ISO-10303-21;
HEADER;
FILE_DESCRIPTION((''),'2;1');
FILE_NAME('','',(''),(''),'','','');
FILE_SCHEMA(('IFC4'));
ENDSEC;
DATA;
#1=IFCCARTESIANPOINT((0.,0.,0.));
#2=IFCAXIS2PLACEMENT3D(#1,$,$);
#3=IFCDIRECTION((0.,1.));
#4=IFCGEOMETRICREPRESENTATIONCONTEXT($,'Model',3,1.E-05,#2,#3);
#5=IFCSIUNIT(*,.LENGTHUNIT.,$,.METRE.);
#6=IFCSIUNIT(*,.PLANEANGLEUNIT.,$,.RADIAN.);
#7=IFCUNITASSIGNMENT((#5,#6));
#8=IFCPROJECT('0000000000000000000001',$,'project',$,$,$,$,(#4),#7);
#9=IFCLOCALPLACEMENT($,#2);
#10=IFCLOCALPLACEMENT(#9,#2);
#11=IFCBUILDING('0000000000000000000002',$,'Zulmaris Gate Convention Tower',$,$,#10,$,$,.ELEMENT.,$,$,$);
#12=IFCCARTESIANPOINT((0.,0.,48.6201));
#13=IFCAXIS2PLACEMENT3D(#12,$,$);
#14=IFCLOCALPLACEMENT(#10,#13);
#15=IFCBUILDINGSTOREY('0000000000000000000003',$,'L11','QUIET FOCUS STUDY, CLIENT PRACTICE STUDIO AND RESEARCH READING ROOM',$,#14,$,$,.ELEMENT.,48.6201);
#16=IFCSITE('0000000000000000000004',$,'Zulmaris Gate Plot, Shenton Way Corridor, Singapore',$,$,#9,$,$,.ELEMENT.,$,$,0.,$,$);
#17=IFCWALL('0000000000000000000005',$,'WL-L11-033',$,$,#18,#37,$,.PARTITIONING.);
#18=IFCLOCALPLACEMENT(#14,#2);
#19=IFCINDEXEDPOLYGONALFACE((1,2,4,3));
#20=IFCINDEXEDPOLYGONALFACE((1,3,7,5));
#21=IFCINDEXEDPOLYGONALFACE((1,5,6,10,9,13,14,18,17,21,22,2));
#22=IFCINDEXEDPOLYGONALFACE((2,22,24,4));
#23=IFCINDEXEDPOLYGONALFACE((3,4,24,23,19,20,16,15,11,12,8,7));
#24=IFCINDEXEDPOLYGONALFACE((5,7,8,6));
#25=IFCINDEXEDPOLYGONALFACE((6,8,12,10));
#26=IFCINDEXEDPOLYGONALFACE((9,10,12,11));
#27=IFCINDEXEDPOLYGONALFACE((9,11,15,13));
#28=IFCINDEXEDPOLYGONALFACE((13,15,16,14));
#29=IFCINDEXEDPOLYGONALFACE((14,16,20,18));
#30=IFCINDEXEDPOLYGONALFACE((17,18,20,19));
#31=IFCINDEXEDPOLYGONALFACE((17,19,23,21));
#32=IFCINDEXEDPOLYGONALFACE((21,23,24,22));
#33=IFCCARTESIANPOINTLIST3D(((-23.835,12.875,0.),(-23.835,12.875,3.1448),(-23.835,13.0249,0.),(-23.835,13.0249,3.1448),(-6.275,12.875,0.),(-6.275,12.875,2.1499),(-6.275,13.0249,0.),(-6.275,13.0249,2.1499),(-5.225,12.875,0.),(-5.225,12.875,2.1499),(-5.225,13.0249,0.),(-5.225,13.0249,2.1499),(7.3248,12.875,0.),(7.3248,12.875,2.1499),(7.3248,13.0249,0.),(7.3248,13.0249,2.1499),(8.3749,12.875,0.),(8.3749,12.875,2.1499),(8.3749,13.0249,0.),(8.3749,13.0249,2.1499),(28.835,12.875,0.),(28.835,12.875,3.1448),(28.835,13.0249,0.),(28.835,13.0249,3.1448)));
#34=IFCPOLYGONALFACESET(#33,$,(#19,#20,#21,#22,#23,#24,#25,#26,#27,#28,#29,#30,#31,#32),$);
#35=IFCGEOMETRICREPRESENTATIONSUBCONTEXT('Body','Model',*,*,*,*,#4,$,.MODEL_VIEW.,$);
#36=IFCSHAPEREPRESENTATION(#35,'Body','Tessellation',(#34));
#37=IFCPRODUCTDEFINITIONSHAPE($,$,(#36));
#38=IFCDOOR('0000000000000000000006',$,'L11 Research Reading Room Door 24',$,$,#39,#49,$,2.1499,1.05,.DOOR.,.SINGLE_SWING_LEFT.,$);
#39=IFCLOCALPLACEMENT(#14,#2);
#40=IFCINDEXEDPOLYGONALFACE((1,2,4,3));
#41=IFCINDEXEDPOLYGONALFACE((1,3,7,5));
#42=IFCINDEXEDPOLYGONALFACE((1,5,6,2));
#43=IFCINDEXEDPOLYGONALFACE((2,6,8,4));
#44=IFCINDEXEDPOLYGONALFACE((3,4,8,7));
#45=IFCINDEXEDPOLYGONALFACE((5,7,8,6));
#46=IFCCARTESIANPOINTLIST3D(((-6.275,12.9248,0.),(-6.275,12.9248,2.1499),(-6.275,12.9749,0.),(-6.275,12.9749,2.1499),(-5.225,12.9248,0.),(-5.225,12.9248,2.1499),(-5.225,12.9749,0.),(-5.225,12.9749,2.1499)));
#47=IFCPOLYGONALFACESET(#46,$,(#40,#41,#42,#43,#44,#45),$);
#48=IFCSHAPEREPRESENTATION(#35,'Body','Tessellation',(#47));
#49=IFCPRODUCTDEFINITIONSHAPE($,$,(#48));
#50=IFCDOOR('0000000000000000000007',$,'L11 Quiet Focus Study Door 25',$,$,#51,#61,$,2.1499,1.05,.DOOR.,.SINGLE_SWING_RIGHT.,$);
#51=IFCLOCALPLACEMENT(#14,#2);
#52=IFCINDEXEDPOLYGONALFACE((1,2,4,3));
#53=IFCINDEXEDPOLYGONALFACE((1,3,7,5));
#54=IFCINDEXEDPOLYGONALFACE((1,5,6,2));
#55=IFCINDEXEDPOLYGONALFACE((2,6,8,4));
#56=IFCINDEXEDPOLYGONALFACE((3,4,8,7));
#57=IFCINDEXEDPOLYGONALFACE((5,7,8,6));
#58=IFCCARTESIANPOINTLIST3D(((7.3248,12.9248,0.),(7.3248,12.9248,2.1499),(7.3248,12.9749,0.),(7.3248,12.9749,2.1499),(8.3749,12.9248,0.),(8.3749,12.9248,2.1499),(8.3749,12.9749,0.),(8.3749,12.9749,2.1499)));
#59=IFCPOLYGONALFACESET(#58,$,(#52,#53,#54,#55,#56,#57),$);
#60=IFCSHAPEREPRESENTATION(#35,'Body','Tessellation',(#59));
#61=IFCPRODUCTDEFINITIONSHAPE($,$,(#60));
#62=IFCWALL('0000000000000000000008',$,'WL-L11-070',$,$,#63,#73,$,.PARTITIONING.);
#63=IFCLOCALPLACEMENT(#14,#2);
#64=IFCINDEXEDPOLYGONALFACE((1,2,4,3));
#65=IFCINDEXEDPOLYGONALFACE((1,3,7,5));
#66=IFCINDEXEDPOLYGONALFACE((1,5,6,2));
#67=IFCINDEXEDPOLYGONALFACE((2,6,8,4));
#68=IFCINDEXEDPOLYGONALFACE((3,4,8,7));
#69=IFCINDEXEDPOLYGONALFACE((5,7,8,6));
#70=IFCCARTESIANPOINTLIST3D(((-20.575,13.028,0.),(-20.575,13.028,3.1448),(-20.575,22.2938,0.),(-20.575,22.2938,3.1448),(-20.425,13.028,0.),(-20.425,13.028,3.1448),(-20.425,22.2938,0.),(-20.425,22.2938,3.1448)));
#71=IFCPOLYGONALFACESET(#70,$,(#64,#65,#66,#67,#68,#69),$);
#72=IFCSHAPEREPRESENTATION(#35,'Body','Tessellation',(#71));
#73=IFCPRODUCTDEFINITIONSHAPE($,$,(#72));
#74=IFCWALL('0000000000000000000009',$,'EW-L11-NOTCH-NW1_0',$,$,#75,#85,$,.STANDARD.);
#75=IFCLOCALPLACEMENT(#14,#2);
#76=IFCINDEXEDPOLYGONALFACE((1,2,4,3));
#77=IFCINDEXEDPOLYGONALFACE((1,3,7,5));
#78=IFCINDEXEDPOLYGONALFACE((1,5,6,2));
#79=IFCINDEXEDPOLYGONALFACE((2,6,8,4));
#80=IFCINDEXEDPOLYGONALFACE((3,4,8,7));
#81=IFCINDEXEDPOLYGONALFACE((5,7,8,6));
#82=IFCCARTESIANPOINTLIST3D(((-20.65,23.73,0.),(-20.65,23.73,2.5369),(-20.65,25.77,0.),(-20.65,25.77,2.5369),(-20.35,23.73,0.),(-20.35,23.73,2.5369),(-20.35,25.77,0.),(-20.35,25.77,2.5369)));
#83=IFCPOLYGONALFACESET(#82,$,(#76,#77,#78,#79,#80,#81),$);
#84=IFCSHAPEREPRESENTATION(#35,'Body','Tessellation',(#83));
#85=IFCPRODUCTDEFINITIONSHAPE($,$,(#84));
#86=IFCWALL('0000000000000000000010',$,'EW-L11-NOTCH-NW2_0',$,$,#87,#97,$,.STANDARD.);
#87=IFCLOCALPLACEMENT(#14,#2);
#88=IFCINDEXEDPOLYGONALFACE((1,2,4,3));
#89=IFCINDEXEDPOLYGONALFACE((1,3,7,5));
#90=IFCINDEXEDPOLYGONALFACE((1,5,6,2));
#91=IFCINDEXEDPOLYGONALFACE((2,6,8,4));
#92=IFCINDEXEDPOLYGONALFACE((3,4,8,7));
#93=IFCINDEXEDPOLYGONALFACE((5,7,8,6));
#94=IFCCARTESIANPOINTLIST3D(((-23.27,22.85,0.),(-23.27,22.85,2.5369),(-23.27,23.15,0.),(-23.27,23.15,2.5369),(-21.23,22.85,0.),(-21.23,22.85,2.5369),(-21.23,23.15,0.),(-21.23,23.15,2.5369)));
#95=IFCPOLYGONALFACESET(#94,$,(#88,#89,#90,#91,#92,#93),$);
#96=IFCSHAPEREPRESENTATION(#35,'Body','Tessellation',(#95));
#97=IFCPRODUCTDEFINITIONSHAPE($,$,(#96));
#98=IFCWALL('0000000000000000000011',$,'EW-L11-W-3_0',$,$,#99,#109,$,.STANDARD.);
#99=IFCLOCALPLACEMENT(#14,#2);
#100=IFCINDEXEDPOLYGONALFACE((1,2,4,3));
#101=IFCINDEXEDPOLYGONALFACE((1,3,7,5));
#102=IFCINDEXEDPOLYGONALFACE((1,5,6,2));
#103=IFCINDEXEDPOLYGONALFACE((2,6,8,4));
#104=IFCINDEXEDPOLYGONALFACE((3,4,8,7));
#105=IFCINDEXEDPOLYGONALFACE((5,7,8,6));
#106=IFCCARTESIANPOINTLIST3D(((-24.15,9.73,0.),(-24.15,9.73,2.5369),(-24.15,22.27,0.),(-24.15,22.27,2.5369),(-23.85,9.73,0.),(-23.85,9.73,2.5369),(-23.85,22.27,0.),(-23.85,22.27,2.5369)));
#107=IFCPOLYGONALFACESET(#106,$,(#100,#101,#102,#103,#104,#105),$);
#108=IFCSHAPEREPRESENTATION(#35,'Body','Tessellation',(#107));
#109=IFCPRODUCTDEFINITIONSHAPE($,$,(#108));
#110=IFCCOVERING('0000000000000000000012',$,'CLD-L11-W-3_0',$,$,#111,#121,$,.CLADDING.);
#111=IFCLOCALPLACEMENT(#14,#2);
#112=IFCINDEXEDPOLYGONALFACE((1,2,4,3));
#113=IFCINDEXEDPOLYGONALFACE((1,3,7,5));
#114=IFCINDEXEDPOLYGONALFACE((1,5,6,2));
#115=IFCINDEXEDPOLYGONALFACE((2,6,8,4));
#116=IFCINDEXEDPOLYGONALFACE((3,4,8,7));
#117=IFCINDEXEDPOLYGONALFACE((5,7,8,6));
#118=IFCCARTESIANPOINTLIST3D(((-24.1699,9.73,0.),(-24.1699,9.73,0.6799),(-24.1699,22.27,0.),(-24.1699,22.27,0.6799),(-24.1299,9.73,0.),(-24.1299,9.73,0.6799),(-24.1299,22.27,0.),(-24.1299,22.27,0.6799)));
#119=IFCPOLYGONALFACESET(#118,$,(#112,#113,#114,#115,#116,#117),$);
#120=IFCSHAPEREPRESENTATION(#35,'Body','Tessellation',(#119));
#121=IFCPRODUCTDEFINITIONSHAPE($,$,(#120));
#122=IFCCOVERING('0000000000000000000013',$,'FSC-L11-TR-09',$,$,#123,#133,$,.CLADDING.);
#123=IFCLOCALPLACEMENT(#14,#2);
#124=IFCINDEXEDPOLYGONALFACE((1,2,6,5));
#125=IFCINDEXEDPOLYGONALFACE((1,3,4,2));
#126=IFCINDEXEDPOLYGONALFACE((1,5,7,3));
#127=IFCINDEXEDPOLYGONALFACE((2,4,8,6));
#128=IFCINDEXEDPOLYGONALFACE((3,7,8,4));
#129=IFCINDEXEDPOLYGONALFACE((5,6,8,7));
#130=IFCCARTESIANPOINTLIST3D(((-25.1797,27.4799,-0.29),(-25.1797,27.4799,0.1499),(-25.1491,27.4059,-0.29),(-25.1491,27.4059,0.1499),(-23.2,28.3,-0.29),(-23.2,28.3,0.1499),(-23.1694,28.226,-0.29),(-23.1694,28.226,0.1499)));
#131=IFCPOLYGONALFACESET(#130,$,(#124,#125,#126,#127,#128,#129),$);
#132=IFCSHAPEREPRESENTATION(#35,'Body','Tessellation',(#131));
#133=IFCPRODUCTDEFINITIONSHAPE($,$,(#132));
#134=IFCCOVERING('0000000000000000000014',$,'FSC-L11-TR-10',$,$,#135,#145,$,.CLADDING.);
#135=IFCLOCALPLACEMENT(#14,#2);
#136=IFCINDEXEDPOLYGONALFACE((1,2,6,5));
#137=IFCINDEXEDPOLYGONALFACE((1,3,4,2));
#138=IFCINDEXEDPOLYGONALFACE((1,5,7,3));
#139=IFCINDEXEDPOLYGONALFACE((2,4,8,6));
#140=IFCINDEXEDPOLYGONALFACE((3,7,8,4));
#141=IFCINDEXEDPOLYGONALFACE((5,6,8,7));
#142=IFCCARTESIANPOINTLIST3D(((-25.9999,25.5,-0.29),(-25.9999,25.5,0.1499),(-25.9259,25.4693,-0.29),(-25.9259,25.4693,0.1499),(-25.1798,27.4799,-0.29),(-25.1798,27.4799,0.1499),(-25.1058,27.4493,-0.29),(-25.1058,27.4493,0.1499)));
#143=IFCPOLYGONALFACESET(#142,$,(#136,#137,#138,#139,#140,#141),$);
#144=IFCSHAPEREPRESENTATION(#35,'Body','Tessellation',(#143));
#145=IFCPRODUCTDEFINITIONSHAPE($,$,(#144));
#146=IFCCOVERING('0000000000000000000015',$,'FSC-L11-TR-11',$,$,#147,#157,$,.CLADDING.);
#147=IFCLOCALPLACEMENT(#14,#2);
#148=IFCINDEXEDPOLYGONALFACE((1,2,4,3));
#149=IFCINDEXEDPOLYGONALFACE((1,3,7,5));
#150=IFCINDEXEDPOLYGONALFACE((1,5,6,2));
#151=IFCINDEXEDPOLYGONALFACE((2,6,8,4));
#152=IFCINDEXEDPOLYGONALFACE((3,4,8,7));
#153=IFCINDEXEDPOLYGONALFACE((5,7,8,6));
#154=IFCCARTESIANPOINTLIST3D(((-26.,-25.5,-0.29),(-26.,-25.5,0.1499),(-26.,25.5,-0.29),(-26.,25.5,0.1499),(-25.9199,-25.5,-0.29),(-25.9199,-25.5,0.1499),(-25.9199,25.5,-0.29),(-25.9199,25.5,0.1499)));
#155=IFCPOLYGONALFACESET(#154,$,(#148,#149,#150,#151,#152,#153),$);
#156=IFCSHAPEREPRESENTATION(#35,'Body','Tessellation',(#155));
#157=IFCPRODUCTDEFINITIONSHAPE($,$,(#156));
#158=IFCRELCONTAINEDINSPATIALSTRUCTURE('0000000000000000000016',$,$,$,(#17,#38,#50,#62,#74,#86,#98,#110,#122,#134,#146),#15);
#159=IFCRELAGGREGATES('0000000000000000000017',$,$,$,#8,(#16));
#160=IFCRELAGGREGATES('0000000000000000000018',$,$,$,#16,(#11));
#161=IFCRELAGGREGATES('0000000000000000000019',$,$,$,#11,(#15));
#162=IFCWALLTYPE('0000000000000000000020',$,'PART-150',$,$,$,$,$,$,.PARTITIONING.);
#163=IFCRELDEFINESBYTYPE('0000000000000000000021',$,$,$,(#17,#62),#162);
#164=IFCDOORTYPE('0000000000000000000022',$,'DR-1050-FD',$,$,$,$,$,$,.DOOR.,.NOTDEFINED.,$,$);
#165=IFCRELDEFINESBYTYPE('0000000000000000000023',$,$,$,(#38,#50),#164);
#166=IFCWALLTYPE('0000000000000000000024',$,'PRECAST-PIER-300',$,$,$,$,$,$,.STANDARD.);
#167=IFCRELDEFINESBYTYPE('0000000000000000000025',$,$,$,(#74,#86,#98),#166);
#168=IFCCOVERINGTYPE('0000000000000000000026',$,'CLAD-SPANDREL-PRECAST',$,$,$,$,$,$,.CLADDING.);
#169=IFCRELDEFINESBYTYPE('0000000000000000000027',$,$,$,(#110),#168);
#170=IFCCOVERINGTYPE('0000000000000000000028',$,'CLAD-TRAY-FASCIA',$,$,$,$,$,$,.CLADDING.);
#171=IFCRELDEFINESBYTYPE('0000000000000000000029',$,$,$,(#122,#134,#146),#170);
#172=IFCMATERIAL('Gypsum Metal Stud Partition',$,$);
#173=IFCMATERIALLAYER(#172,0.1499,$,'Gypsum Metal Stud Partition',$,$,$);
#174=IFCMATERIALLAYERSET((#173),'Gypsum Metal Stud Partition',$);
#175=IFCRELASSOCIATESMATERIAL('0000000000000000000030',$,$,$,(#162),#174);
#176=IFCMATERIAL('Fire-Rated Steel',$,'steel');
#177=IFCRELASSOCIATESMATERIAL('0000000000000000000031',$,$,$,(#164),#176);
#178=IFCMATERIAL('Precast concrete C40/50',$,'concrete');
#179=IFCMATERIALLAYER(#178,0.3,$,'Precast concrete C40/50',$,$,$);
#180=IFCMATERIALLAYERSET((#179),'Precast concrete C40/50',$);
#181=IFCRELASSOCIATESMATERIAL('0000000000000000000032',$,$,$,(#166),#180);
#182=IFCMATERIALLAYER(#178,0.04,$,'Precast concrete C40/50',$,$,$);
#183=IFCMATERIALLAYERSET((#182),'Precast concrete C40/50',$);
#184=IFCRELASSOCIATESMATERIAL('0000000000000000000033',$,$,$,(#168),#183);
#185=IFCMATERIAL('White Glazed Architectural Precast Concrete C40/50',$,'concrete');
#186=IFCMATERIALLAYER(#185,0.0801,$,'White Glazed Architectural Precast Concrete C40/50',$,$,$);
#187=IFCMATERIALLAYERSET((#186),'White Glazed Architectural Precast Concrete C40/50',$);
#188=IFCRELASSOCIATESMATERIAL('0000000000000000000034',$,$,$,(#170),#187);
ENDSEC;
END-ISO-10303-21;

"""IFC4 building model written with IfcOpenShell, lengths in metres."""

from ifc_helpers import new_model, si_unit, direction, frame, frame_2d, origin, place, context, subcontext, project, spatial, rectangle, extrude, material, layer, layer_set, type_object, element, fill, save


model = new_model("IFC4")

# Units and contexts
model_context = context("Model", 3, precision=1e-05, world=origin(), true_north=direction((0.0, 1.0)))
body_context = subcontext(model_context, "Body", "Model", "MODEL_VIEW")
ifc_project = project(units=[si_unit("LENGTHUNIT", "METRE"), si_unit("PLANEANGLEUNIT", "RADIAN")], contexts=[model_context])

# Site, building, storey
site_placement = place(None, origin())
site = spatial("IfcSite", under=ifc_project, at=site_placement, Name="Zulmaris Gate Plot, Shenton Way Corridor, Singapore", CompositionType="ELEMENT", RefElevation=0.0)
building_placement = place(site_placement, origin())
building = spatial("IfcBuilding", under=site, at=building_placement, Name="Zulmaris Gate Convention Tower", CompositionType="ELEMENT")
storey_placement = place(building_placement, frame((0.0, 0.0, 48.6201)))
storey = spatial("IfcBuildingStorey", under=building, at=storey_placement, Name="L11", Description="QUIET FOCUS STUDY, CLIENT PRACTICE STUDIO AND RESEARCH READING ROOM", CompositionType="ELEMENT", Elevation=48.6201)

# Shared definitions
ifc_material_1 = material(Name="Gypsum Metal Stud Partition")
ifc_layer_1 = layer(ifc_material_1, 0.1499, Name="Gypsum Metal Stud Partition")
ifc_layer_set_1 = layer_set([ifc_layer_1], Name="Gypsum Metal Stud Partition")
wall_type_1 = type_object("IfcWallType", Name="PART-150", PredefinedType="PARTITIONING", material=ifc_layer_set_1)

# Wall, openings, doors
wall_1_placement = place(storey_placement, frame((-23.835, 12.95, 0.0), z_axis=(0.0, 0.0, 1.0), x_axis=(1.0, 0.0, 0.0)))
wall_1 = element("IfcWall", 1, at=wall_1_placement, inside=storey, type_object=wall_type_1, Name="WL-L11-033", PredefinedType="PARTITIONING", context=body_context, shape_type="SweptSolid", body=[
    extrude(rectangle(XDim=52.6699, YDim=0.1499, at=frame_2d((26.335, 0.0))), origin(), (0.0, 0.0, 1.0), 3.1448),
])
opening_1_placement = place(wall_1_placement, frame((17.5601, 0.0, 0.0)))
opening_1 = element("IfcOpeningElement", 2, at=opening_1_placement, cuts=wall_1, PredefinedType="OPENING", context=body_context, shape_type="SweptSolid", body=[
    extrude(rectangle(XDim=1.05, YDim=2.1499, at=frame_2d((0.5249, 1.075))), frame((0.0, 0.085, 0.0), z_axis=(0.0, -1.0, 0.0), x_axis=(1.0, 0.0, 0.0)), (0.0, 0.0, 1.0), 0.1699),
])
opening_2_placement = place(wall_1_placement, frame((31.1599, 0.0, 0.0)))
opening_2 = element("IfcOpeningElement", 3, at=opening_2_placement, cuts=wall_1, PredefinedType="OPENING", context=body_context, shape_type="SweptSolid", body=[
    extrude(rectangle(XDim=1.05, YDim=2.1499, at=frame_2d((0.5249, 1.075))), frame((0.0, 0.085, 0.0), z_axis=(0.0, -1.0, 0.0), x_axis=(1.0, 0.0, 0.0)), (0.0, 0.0, 1.0), 0.1699),
])
ifc_material_2 = material(Name="Fire-Rated Steel", Category="steel")
door_type_1 = type_object("IfcDoorType", Name="DR-1050-FD", OperationType="NOTDEFINED", PredefinedType="DOOR", material=ifc_material_2)
door_1_placement = place(opening_1_placement, origin())
door_1 = element("IfcDoor", 4, at=door_1_placement, inside=storey, type_object=door_type_1, Name="L11 Research Reading Room Door 24", OperationType="SINGLE_SWING_LEFT", OverallHeight=2.1499, OverallWidth=1.05, PredefinedType="DOOR", context=body_context, shape_type="SweptSolid", body=[
    extrude(rectangle(XDim=1.05, YDim=2.1499, at=frame_2d((0.5249, 1.075))), frame((0.0, 0.0249, 0.0), z_axis=(0.0, -1.0, 0.0), x_axis=(1.0, 0.0, 0.0)), (0.0, 0.0, 1.0), 0.05),
])
fill(opening_1, door_1)
door_2_placement = place(opening_2_placement, origin())
door_2 = element("IfcDoor", 5, at=door_2_placement, inside=storey, type_object=door_type_1, Name="L11 Quiet Focus Study Door 25", OperationType="SINGLE_SWING_RIGHT", OverallHeight=2.1499, OverallWidth=1.05, PredefinedType="DOOR", context=body_context, shape_type="SweptSolid", body=[
    extrude(rectangle(XDim=1.05, YDim=2.1499, at=frame_2d((0.5249, 1.075))), frame((0.0, 0.0249, 0.0), z_axis=(0.0, -1.0, 0.0), x_axis=(1.0, 0.0, 0.0)), (0.0, 0.0, 1.0), 0.05),
])
fill(opening_2, door_2)

# Walls
wall_2_placement = place(storey_placement, frame((-20.5, 13.0281, 0.0), z_axis=(0.0, 0.0, 1.0), x_axis=(0.0, 1.0, 0.0)))
element("IfcWall", 6, at=wall_2_placement, inside=storey, type_object=wall_type_1, Name="WL-L11-070", PredefinedType="PARTITIONING", context=body_context, shape_type="SweptSolid", body=[
    extrude(rectangle(XDim=9.2659, YDim=0.1499, at=frame_2d((4.6328, 0.0))), origin(), (0.0, 0.0, 1.0), 3.1448),
])
ifc_material_3 = material(Name="Precast concrete C40/50", Category="concrete")
ifc_layer_2 = layer(ifc_material_3, 0.3, Name="Precast concrete C40/50")
ifc_layer_set_2 = layer_set([ifc_layer_2], Name="Precast concrete C40/50")
wall_type_2 = type_object("IfcWallType", Name="PRECAST-PIER-300", PredefinedType="STANDARD", material=ifc_layer_set_2)
for number, where, z_axis, x_axis, name in (
    (7, (-20.5, 25.77, 0.0), (0.0, 0.0, 1.0), (0.0, -1.0, 0.0), "EW-L11-NOTCH-NW1_0"),
    (8, (-21.23, 23.0, 0.0), (0.0, 0.0, 1.0), (-1.0, 0.0, 0.0), "EW-L11-NOTCH-NW2_0"),
):
    element("IfcWall", number, at=place(storey_placement, frame(where, z_axis=z_axis, x_axis=x_axis)), inside=storey, type_object=wall_type_2, Name=name, PredefinedType="STANDARD", context=body_context, shape_type="SweptSolid", body=[
        extrude(rectangle(XDim=2.04, YDim=0.3, at=frame_2d((1.02, 0.0))), origin(), (0.0, 0.0, 1.0), 2.5369),
    ])
wall_3_placement = place(storey_placement, frame((-24.0, 22.27, 0.0), z_axis=(0.0, 0.0, 1.0), x_axis=(0.0, -1.0, 0.0)))
element("IfcWall", 9, at=wall_3_placement, inside=storey, type_object=wall_type_2, Name="EW-L11-W-3_0", PredefinedType="STANDARD", context=body_context, shape_type="SweptSolid", body=[
    extrude(rectangle(XDim=12.54, YDim=0.3, at=frame_2d((6.27, 0.0))), origin(), (0.0, 0.0, 1.0), 2.5369),
])

# Coverings
ifc_layer_3 = layer(ifc_material_3, 0.04, Name="Precast concrete C40/50")
ifc_layer_set_3 = layer_set([ifc_layer_3], Name="Precast concrete C40/50")
covering_type_1 = type_object("IfcCoveringType", Name="CLAD-SPANDREL-PRECAST", PredefinedType="CLADDING", material=ifc_layer_set_3)
covering_1_placement = place(storey_placement, frame((-24.1499, 22.27, 0.0), z_axis=(0.0, 0.0, 1.0), x_axis=(0.0, -1.0, 0.0)))
element("IfcCovering", 10, at=covering_1_placement, inside=storey, type_object=covering_type_1, Name="CLD-L11-W-3_0", PredefinedType="CLADDING", context=body_context, shape_type="SweptSolid", body=[
    extrude(rectangle(XDim=12.54, YDim=0.04, at=frame_2d((6.27, 0.0))), origin(), (0.0, 0.0, 1.0), 0.6799),
])
ifc_material_4 = material(Name="White Glazed Architectural Precast Concrete C40/50", Category="concrete")
ifc_layer_4 = layer(ifc_material_4, 0.0801, Name="White Glazed Architectural Precast Concrete C40/50")
ifc_layer_set_4 = layer_set([ifc_layer_4], Name="White Glazed Architectural Precast Concrete C40/50")
covering_type_2 = type_object("IfcCoveringType", Name="CLAD-TRAY-FASCIA", PredefinedType="CLADDING", material=ifc_layer_set_4)
covering_2_placement = place(storey_placement, frame((-23.1848, 28.2629, -0.29), z_axis=(0.0, 0.0, 1.0), x_axis=(-0.923874, -0.382697, 0.0)))
element("IfcCovering", 11, at=covering_2_placement, inside=storey, type_object=covering_type_2, Name="FSC-L11-TR-09", PredefinedType="CLADDING", context=body_context, shape_type="SweptSolid", body=[
    extrude(rectangle(XDim=2.1428, YDim=0.0801, at=frame_2d((1.0713, 0.0))), origin(), (0.0, 0.0, 1.0), 0.4399),
])
covering_3_placement = place(storey_placement, frame((-25.1428, 27.4646, -0.29), z_axis=(0.0, 0.0, 1.0), x_axis=(-0.382657, -0.92389, 0.0)))
element("IfcCovering", 12, at=covering_3_placement, inside=storey, type_object=covering_type_2, Name="FSC-L11-TR-10", PredefinedType="CLADDING", context=body_context, shape_type="SweptSolid", body=[
    extrude(rectangle(XDim=2.1431, YDim=0.0801, at=frame_2d((1.0715, 0.0))), origin(), (0.0, 0.0, 1.0), 0.4399),
])
covering_4_placement = place(storey_placement, frame((-25.96, 25.5, -0.29), z_axis=(0.0, 0.0, 1.0), x_axis=(0.0, -1.0, 0.0)))
element("IfcCovering", 13, at=covering_4_placement, inside=storey, type_object=covering_type_2, Name="FSC-L11-TR-11", PredefinedType="CLADDING", context=body_context, shape_type="SweptSolid", body=[
    extrude(rectangle(XDim=51.0, YDim=0.0801, at=frame_2d((25.5, 0.0))), origin(), (0.0, 0.0, 1.0), 0.4399),
])

save(model, "model.ifc")
